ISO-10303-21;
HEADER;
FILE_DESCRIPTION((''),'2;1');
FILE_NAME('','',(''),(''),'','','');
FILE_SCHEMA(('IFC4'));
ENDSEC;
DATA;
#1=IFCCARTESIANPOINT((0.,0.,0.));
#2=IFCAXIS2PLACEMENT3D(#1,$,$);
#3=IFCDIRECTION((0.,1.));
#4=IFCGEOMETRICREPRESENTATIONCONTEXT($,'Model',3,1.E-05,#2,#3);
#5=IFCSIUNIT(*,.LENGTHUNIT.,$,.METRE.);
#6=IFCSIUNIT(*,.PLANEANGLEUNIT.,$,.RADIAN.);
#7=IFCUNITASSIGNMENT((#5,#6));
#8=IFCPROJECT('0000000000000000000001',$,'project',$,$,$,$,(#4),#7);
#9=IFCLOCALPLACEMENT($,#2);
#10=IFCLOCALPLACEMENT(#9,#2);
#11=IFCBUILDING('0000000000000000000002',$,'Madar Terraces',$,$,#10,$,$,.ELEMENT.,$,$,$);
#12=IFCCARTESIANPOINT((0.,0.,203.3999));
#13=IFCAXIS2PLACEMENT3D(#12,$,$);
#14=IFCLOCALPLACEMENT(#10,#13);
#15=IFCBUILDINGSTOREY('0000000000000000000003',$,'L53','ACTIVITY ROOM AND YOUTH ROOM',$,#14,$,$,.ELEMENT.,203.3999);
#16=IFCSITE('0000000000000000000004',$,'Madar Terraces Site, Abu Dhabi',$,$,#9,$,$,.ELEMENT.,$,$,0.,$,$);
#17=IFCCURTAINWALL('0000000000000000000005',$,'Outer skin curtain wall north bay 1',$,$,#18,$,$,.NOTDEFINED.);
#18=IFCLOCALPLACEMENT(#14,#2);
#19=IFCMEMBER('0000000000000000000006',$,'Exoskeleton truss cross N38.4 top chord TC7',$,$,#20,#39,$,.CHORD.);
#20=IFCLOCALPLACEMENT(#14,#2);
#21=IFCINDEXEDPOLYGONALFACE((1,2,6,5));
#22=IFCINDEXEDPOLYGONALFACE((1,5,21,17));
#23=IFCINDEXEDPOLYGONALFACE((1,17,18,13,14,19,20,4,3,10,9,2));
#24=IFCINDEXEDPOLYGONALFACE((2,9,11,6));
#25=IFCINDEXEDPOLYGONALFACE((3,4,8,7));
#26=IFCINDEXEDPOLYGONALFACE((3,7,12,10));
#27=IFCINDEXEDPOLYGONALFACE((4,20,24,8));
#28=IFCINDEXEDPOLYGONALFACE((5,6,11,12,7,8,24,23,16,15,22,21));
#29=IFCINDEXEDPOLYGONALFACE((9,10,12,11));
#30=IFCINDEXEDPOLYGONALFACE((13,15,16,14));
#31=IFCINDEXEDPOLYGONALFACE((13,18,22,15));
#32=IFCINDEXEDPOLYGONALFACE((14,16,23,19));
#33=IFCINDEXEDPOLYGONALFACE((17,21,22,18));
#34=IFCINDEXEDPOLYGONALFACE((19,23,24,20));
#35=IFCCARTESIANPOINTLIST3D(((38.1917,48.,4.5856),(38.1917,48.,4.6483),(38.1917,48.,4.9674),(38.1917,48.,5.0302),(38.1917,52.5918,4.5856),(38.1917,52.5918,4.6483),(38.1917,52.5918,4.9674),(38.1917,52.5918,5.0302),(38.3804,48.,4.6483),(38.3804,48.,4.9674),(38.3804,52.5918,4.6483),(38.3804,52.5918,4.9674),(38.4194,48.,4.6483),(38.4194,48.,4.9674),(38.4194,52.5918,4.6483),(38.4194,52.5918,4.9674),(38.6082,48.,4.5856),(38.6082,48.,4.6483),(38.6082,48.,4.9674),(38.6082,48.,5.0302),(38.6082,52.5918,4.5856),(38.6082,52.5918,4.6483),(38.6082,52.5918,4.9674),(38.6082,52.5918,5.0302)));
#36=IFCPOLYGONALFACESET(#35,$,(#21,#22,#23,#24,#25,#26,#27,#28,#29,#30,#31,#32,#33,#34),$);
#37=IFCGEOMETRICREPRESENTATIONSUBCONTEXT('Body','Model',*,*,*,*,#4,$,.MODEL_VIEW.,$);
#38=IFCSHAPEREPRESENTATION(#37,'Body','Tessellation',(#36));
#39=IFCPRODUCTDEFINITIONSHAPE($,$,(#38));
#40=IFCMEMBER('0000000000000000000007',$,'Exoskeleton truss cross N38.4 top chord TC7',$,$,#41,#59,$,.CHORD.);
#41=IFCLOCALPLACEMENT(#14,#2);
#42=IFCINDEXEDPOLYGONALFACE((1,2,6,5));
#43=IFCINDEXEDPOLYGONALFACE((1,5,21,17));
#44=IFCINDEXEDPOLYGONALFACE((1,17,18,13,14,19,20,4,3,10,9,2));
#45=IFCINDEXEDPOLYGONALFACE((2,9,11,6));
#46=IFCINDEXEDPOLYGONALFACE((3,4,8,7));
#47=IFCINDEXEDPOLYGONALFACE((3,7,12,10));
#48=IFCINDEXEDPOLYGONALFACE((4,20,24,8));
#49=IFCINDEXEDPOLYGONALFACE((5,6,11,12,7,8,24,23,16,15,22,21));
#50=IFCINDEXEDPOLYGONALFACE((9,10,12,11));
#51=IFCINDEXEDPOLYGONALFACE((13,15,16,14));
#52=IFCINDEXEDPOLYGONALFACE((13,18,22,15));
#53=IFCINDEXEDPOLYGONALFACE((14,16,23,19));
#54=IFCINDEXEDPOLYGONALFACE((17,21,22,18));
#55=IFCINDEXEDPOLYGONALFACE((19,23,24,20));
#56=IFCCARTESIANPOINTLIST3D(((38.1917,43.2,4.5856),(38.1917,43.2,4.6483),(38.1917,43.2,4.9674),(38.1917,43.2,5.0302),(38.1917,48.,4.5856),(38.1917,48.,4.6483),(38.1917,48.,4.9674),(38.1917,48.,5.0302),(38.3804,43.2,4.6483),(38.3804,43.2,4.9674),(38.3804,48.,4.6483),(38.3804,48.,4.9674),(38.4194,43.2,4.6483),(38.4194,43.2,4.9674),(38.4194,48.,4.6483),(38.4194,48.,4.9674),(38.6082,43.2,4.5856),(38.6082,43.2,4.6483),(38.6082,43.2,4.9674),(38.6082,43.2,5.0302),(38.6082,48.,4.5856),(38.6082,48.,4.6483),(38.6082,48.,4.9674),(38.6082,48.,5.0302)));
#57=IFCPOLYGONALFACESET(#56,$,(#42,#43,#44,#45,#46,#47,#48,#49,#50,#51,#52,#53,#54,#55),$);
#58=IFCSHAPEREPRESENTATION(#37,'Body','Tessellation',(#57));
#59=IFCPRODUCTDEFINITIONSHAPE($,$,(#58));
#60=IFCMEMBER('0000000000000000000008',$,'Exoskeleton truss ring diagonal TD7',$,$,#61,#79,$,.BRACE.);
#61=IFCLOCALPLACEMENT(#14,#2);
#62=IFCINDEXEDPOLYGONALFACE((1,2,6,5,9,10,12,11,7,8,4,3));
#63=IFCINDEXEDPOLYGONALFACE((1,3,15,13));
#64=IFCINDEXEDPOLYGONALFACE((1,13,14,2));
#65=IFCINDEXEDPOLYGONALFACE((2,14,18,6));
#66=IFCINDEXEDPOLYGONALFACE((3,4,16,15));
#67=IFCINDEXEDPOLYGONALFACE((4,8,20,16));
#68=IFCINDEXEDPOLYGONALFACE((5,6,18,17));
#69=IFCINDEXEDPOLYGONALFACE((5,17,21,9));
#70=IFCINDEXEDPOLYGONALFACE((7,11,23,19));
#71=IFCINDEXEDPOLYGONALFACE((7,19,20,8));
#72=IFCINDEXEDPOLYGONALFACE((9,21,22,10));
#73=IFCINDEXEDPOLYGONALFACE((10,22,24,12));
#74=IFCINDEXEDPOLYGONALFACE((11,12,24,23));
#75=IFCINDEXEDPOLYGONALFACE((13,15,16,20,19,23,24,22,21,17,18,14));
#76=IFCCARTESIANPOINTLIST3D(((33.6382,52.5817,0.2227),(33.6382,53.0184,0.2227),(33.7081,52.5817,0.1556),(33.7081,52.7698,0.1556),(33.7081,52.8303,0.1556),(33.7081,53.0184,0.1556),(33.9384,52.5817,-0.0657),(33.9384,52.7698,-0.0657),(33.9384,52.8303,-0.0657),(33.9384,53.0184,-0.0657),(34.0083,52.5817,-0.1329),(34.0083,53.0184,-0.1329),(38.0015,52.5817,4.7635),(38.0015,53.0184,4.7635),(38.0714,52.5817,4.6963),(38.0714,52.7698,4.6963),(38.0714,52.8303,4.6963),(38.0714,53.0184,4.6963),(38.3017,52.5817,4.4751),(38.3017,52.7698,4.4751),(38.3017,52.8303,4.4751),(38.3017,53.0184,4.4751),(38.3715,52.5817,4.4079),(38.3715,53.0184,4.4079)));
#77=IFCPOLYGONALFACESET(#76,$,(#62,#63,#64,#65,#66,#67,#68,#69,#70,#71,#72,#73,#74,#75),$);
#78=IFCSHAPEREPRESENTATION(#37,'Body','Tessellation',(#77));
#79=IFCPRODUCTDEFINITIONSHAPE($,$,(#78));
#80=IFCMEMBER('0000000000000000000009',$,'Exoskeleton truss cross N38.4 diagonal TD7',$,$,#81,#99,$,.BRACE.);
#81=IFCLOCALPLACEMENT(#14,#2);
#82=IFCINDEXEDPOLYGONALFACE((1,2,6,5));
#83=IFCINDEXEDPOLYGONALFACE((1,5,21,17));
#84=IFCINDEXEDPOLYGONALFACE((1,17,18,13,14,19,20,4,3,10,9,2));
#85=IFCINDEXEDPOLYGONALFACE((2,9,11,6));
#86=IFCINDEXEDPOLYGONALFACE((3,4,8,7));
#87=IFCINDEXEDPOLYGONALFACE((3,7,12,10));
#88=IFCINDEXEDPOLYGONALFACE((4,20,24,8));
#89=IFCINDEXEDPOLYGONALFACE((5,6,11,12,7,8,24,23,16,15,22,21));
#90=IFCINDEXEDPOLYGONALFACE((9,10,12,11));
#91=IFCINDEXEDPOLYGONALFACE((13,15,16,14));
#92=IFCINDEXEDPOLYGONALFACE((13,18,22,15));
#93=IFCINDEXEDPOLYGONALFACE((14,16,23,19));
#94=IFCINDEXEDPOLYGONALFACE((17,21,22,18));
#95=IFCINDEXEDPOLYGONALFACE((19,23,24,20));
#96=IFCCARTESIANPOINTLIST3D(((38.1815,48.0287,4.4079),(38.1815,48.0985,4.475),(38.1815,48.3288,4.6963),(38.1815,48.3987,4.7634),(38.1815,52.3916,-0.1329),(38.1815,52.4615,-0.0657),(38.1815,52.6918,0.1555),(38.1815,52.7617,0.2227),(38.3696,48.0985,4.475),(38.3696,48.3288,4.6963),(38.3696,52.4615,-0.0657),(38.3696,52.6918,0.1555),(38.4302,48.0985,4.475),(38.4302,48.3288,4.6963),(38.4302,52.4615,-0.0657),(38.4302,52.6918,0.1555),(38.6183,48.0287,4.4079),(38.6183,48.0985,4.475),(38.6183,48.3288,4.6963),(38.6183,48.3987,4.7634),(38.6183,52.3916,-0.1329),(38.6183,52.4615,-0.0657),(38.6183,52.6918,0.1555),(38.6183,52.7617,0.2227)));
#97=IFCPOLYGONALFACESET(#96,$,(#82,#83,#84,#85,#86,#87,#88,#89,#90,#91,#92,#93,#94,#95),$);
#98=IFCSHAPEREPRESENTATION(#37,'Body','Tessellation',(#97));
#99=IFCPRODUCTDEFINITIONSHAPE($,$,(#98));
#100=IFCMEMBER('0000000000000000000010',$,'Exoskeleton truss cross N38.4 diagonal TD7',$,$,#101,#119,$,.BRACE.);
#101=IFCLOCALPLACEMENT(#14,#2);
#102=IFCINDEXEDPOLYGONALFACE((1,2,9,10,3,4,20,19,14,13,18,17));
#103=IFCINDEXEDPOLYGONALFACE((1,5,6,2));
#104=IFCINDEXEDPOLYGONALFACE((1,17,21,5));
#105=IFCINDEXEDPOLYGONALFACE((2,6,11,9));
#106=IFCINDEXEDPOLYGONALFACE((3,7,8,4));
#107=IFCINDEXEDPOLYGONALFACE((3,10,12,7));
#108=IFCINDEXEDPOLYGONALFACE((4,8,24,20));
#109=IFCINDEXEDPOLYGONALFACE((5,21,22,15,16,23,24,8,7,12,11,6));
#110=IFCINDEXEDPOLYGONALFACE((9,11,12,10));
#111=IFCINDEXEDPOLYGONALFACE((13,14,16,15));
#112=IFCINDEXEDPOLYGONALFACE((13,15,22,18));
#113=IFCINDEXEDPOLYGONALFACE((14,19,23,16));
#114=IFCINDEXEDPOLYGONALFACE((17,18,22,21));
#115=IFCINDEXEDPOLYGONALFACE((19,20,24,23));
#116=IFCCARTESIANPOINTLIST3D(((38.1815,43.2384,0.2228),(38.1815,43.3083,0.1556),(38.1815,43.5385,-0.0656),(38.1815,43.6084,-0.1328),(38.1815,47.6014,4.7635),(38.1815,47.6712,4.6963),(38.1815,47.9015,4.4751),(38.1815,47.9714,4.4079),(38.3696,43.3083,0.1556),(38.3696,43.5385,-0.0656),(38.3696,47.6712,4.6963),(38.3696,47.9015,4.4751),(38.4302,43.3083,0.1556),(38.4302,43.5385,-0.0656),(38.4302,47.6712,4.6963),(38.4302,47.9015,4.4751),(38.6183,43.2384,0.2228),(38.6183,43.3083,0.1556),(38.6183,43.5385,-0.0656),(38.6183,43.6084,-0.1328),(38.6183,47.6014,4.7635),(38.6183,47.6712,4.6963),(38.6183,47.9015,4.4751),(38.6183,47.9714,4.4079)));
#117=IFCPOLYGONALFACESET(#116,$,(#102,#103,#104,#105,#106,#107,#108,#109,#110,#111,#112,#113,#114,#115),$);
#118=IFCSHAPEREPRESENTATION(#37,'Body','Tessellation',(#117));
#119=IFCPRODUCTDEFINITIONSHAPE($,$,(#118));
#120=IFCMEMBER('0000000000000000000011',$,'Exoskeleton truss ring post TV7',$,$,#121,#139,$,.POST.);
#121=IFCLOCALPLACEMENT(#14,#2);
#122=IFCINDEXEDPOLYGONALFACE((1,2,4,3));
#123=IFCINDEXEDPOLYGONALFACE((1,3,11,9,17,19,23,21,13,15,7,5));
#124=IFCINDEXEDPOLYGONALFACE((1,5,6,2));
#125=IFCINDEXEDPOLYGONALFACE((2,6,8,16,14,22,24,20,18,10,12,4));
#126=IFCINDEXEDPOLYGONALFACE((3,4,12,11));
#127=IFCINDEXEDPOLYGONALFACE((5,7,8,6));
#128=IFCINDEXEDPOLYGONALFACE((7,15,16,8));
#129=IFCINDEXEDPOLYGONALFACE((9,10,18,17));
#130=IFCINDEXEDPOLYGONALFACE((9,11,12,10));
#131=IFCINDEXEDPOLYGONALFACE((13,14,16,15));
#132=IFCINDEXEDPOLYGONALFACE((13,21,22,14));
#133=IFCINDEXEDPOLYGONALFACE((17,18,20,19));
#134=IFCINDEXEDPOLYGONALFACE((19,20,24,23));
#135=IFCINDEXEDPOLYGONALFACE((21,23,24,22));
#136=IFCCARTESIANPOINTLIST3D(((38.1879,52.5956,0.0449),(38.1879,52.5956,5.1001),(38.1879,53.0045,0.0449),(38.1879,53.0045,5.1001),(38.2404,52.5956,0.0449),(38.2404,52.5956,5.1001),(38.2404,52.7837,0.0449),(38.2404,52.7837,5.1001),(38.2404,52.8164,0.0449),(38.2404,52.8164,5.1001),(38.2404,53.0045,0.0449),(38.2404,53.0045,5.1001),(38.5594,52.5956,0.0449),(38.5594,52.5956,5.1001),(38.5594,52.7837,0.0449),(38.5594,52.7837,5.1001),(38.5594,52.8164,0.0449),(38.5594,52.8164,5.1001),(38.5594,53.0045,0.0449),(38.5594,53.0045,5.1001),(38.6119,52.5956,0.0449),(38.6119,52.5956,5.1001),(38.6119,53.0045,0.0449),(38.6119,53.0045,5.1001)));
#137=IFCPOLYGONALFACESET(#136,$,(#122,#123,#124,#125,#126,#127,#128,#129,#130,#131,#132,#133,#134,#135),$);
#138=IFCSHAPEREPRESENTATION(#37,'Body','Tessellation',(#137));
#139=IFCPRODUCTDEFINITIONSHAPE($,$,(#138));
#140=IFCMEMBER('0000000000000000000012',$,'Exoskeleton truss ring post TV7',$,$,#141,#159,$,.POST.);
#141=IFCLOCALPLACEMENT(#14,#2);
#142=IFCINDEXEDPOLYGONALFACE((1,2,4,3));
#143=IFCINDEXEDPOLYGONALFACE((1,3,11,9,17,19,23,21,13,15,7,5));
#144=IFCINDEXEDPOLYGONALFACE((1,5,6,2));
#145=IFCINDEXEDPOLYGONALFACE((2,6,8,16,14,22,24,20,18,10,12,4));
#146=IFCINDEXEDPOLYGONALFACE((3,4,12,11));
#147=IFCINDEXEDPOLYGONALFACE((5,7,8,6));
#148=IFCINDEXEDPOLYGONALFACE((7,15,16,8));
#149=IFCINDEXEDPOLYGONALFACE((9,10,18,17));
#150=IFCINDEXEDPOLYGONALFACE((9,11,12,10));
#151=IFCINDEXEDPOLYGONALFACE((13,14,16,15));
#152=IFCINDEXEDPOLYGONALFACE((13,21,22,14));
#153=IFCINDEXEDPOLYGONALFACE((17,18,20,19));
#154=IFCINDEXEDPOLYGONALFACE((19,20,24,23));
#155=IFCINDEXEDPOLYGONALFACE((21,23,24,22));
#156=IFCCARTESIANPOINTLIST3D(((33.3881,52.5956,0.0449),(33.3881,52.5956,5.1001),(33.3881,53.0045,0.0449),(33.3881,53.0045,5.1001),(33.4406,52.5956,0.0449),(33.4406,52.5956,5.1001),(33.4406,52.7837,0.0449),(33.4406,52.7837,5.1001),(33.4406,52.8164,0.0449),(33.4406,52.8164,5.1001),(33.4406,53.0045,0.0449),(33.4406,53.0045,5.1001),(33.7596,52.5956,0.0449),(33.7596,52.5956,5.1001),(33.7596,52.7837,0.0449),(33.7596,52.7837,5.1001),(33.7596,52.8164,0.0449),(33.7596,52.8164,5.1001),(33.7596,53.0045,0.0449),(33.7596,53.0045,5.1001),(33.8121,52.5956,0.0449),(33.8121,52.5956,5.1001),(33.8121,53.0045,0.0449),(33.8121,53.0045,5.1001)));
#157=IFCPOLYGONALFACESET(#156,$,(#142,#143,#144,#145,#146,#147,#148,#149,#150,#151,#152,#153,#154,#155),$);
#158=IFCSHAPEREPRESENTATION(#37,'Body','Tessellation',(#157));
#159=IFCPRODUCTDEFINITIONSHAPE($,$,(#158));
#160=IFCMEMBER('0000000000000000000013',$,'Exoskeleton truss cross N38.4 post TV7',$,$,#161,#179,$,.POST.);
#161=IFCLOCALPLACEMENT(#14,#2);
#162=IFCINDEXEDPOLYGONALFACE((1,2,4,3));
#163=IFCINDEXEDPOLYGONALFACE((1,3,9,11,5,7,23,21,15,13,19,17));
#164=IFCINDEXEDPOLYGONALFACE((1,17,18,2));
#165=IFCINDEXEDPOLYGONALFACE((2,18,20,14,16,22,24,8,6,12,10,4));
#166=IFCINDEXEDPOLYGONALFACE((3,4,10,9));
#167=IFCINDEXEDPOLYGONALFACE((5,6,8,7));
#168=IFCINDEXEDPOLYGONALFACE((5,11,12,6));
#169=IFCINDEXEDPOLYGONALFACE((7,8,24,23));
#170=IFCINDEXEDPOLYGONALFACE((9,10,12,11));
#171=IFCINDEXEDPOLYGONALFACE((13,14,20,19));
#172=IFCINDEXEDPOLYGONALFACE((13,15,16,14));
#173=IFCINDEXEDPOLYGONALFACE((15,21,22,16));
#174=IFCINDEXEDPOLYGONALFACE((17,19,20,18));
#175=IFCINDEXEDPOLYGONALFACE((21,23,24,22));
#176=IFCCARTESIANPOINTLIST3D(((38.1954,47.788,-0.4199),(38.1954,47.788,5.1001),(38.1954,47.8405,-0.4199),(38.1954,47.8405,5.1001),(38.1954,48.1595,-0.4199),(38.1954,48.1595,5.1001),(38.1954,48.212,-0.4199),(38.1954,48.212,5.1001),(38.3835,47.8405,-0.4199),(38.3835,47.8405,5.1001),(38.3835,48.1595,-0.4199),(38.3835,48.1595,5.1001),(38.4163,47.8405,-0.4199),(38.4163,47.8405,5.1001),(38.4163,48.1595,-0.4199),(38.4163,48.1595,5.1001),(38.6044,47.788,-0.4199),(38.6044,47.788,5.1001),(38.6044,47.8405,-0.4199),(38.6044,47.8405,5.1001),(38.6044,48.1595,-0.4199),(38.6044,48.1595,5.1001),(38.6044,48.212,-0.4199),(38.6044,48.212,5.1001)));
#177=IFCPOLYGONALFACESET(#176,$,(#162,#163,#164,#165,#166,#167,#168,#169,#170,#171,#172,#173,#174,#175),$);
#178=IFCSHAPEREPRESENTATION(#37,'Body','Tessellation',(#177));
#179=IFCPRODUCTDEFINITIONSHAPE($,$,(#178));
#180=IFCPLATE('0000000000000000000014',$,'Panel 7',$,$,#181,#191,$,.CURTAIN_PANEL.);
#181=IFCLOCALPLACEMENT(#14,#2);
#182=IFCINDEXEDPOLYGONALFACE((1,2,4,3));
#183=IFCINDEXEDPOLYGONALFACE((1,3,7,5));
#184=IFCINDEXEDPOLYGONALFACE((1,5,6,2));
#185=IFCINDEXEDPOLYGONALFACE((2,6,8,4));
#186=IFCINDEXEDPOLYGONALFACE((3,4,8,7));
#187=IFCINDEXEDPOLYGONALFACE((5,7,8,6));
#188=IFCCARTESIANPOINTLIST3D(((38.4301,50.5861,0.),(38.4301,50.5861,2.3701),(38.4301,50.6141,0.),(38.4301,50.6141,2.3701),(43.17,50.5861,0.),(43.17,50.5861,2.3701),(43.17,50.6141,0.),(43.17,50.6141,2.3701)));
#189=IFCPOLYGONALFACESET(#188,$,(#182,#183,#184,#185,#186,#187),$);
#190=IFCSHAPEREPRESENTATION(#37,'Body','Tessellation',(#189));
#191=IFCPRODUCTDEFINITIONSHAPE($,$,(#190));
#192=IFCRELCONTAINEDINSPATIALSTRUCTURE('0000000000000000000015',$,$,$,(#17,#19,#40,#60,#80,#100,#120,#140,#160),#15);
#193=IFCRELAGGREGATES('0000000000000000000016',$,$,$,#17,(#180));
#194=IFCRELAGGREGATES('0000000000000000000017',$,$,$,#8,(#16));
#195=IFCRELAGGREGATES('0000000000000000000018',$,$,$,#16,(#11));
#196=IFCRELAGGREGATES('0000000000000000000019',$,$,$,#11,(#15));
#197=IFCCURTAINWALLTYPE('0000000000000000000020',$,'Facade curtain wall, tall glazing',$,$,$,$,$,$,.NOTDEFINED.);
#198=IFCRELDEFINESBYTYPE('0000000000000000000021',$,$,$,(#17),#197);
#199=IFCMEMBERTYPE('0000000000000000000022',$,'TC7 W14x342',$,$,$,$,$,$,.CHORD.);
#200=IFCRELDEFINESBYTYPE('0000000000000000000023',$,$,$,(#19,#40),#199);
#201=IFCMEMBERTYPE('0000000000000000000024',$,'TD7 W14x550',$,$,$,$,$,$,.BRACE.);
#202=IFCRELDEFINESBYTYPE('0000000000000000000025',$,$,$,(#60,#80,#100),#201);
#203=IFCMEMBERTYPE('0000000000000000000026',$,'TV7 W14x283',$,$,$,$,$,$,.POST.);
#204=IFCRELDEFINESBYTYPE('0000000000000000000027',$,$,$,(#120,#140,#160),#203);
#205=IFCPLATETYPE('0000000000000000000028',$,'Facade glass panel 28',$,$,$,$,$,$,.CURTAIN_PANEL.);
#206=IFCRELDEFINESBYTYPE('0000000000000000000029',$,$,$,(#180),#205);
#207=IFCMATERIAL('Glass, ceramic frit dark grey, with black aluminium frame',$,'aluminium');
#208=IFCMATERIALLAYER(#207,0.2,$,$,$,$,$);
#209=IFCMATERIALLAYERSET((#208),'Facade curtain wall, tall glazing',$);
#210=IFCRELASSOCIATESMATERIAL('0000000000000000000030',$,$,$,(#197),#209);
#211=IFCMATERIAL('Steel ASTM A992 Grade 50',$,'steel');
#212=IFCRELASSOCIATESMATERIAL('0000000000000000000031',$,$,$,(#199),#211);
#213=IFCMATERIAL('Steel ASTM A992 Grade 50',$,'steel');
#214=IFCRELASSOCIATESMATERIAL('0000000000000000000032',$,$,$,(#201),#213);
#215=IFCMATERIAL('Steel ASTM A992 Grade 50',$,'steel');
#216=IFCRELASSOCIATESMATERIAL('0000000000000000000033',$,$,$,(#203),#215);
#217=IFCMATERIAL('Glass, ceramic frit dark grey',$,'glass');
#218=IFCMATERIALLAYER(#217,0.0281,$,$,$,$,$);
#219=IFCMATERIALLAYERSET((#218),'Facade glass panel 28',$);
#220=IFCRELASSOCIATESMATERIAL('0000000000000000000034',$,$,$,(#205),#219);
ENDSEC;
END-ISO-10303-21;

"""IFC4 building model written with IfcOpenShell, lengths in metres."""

from ifc_helpers import new_model, si_unit, direction, frame, origin, origin_2d, place, context, subcontext, project, spatial, rectangle, i_section, extrude, material, layer, layer_set, material_profile, profile_set, type_object, element, aggregate, save


model = new_model("IFC4")

# Units and contexts
model_context = context("Model", 3, precision=1e-05, world=origin(), true_north=direction((0.0, 1.0)))
body_context = subcontext(model_context, "Body", "Model", "MODEL_VIEW")
ifc_project = project(units=[si_unit("LENGTHUNIT", "METRE"), si_unit("PLANEANGLEUNIT", "RADIAN")], contexts=[model_context])

# Site, building, storey
site_placement = place(None, origin())
site = spatial("IfcSite", under=ifc_project, at=site_placement, Name="Madar Terraces Site, Abu Dhabi", CompositionType="ELEMENT", RefElevation=0.0)
building_placement = place(site_placement, origin())
building = spatial("IfcBuilding", under=site, at=building_placement, Name="Madar Terraces", CompositionType="ELEMENT")
storey_placement = place(building_placement, frame((0.0, 0.0, 203.3999)))
storey = spatial("IfcBuildingStorey", under=building, at=storey_placement, Name="L53", Description="ACTIVITY ROOM AND YOUTH ROOM", CompositionType="ELEMENT", Elevation=203.3999)

# Curtain wall
ifc_material_1 = material(Name="Glass, ceramic frit dark grey, with black aluminium frame", Category="aluminium")
ifc_layer_1 = layer(ifc_material_1, 0.2)
ifc_layer_set_1 = layer_set([ifc_layer_1], Name="Facade curtain wall, tall glazing")
curtain_wall_type = type_object("IfcCurtainWallType", Name="Facade curtain wall, tall glazing", PredefinedType="NOTDEFINED", material=ifc_layer_set_1)
curtain_wall_placement = place(storey_placement, origin())
curtain_wall = element("IfcCurtainWall", 1, at=curtain_wall_placement, inside=storey, type_object=curtain_wall_type, Name="Outer skin curtain wall north bay 1", PredefinedType="NOTDEFINED")

# Members
ifc_material_2 = material(Name="Steel ASTM A992 Grade 50", Category="steel")
ifc_material_profile_1 = material_profile(ifc_material_2, i_section(OverallWidth=0.4165, OverallDepth=0.4446, WebThickness=0.0391, FlangeThickness=0.0627, at=origin_2d()), Name="W14x342")
ifc_profile_set_1 = profile_set([ifc_material_profile_1], Name="Steel ASTM A992 Grade 50")
member_type_1 = type_object("IfcMemberType", Name="TC7 W14x342", PredefinedType="CHORD", material=ifc_profile_set_1)
member_1_placement = place(storey_placement, frame((38.3999, 52.5918, 4.8079), z_axis=(0.0, -1.0, 0.0), x_axis=(1.0, 0.0, 0.0)))
element("IfcMember", 2, at=member_1_placement, inside=storey, type_object=member_type_1, Name="Exoskeleton truss cross N38.4 top chord TC7", PredefinedType="CHORD", context=body_context, shape_type="SweptSolid", body=[
    extrude(i_section(OverallWidth=0.4165, OverallDepth=0.4446, WebThickness=0.0391, FlangeThickness=0.0627, at=origin_2d()), origin(), (0.0, 0.0, 1.0), 4.5918),
])
member_2_placement = place(storey_placement, frame((38.3999, 48.0, 4.8079), z_axis=(0.0, -1.0, 0.0), x_axis=(1.0, 0.0, 0.0)))
element("IfcMember", 3, at=member_2_placement, inside=storey, type_object=member_type_1, Name="Exoskeleton truss cross N38.4 top chord TC7", PredefinedType="CHORD", context=body_context, shape_type="SweptSolid", body=[
    extrude(i_section(OverallWidth=0.4165, OverallDepth=0.4446, WebThickness=0.0391, FlangeThickness=0.0627, at=origin_2d()), origin(), (0.0, 0.0, 1.0), 4.8),
])
ifc_material_3 = material(Name="Steel ASTM A992 Grade 50", Category="steel")
ifc_material_profile_2 = material_profile(ifc_material_3, i_section(OverallWidth=0.4368, OverallDepth=0.5132, WebThickness=0.0605, FlangeThickness=0.0969, at=origin_2d()), Name="W14x550")
ifc_profile_set_2 = profile_set([ifc_material_profile_2], Name="Steel ASTM A992 Grade 50")
member_type_2 = type_object("IfcMemberType", Name="TD7 W14x550", PredefinedType="BRACE", material=ifc_profile_set_2)
member_3_placement = place(storey_placement, frame((38.1865, 52.8, 4.5857), z_axis=(-0.692874, 0.0, -0.721059), x_axis=(0.0, -1.0, 0.0)))
element("IfcMember", 4, at=member_3_placement, inside=storey, type_object=member_type_2, Name="Exoskeleton truss ring diagonal TD7", PredefinedType="BRACE", context=body_context, shape_type="SweptSolid", body=[
    extrude(i_section(OverallWidth=0.4368, OverallDepth=0.5132, WebThickness=0.0605, FlangeThickness=0.0969, at=origin_2d()), origin(), (0.0, 0.0, 1.0), 6.2974),
])
for number, where, z_axis, x_axis, name in (
    (5, (38.3999, 52.5767, 0.0449), (0.0, -0.692854, 0.721078), (1.0, 0.0, 0.0), "Exoskeleton truss cross N38.4 diagonal TD7"),
    (6, (38.3999, 47.7864, 4.5857), (0.0, -0.692854, -0.721078), (1.0, 0.0, 0.0), "Exoskeleton truss cross N38.4 diagonal TD7"),
):
    element("IfcMember", number, at=place(storey_placement, frame(where, z_axis=z_axis, x_axis=x_axis)), inside=storey, type_object=member_type_2, Name=name, PredefinedType="BRACE", context=body_context, shape_type="SweptSolid", body=[
        extrude(i_section(OverallWidth=0.4368, OverallDepth=0.5132, WebThickness=0.0605, FlangeThickness=0.0969, at=origin_2d()), origin(), (0.0, 0.0, 1.0), 6.2971),
    ])
ifc_material_4 = material(Name="Steel ASTM A992 Grade 50", Category="steel")
ifc_material_profile_3 = material_profile(ifc_material_4, i_section(OverallWidth=0.4089, OverallDepth=0.4241, WebThickness=0.0327, FlangeThickness=0.0525, at=origin_2d()), Name="W14x283")
ifc_profile_set_3 = profile_set([ifc_material_profile_3], Name="Steel ASTM A992 Grade 50")
member_type_3 = type_object("IfcMemberType", Name="TV7 W14x283", PredefinedType="POST", material=ifc_profile_set_3)
for number, where, z_axis, x_axis, name in (
    (7, (38.3999, 52.8, 0.0449), (0.0, 0.0, 1.0), (0.0, -1.0, 0.0), "Exoskeleton truss ring post TV7"),
    (8, (33.6001, 52.8, 0.0449), (0.0, 0.0, 1.0), (0.0, -1.0, 0.0), "Exoskeleton truss ring post TV7"),
):
    element("IfcMember", number, at=place(storey_placement, frame(where, z_axis=z_axis, x_axis=x_axis)), inside=storey, type_object=member_type_3, Name=name, PredefinedType="POST", context=body_context, shape_type="SweptSolid", body=[
        extrude(i_section(OverallWidth=0.4089, OverallDepth=0.4241, WebThickness=0.0327, FlangeThickness=0.0525, at=origin_2d()), origin(), (0.0, 0.0, 1.0), 5.0552),
    ])
member_4_placement = place(storey_placement, frame((38.3999, 48.0, -0.4199), z_axis=(0.0, 0.0, 1.0), x_axis=(-1.0, 0.0, 0.0)))
element("IfcMember", 9, at=member_4_placement, inside=storey, type_object=member_type_3, Name="Exoskeleton truss cross N38.4 post TV7", PredefinedType="POST", context=body_context, shape_type="SweptSolid", body=[
    extrude(i_section(OverallWidth=0.4089, OverallDepth=0.4241, WebThickness=0.0327, FlangeThickness=0.0525, at=origin_2d()), origin(), (0.0, 0.0, 1.0), 5.52),
])

# Plate
ifc_material_5 = material(Name="Glass, ceramic frit dark grey", Category="glass")
ifc_layer_2 = layer(ifc_material_5, 0.0281)
ifc_layer_set_2 = layer_set([ifc_layer_2], Name="Facade glass panel 28")
plate_type = type_object("IfcPlateType", Name="Facade glass panel 28", PredefinedType="CURTAIN_PANEL", material=ifc_layer_set_2)
plate_1_placement = place(storey_placement, frame((40.8, 50.6001, 0.0), z_axis=(0.0, 0.0, 1.0), x_axis=(-1.0, 0.0, 0.0)))
plate_1 = element("IfcPlate", 10, at=plate_1_placement, type_object=plate_type, Name="Panel 7", PredefinedType="CURTAIN_PANEL", context=body_context, shape_type="SweptSolid", body=[
    extrude(rectangle(XDim=4.74, YDim=0.0281, at=origin_2d()), origin(), (0.0, 0.0, 1.0), 2.3701),
])
aggregate(curtain_wall, [plate_1])

save(model, "model.ifc")
